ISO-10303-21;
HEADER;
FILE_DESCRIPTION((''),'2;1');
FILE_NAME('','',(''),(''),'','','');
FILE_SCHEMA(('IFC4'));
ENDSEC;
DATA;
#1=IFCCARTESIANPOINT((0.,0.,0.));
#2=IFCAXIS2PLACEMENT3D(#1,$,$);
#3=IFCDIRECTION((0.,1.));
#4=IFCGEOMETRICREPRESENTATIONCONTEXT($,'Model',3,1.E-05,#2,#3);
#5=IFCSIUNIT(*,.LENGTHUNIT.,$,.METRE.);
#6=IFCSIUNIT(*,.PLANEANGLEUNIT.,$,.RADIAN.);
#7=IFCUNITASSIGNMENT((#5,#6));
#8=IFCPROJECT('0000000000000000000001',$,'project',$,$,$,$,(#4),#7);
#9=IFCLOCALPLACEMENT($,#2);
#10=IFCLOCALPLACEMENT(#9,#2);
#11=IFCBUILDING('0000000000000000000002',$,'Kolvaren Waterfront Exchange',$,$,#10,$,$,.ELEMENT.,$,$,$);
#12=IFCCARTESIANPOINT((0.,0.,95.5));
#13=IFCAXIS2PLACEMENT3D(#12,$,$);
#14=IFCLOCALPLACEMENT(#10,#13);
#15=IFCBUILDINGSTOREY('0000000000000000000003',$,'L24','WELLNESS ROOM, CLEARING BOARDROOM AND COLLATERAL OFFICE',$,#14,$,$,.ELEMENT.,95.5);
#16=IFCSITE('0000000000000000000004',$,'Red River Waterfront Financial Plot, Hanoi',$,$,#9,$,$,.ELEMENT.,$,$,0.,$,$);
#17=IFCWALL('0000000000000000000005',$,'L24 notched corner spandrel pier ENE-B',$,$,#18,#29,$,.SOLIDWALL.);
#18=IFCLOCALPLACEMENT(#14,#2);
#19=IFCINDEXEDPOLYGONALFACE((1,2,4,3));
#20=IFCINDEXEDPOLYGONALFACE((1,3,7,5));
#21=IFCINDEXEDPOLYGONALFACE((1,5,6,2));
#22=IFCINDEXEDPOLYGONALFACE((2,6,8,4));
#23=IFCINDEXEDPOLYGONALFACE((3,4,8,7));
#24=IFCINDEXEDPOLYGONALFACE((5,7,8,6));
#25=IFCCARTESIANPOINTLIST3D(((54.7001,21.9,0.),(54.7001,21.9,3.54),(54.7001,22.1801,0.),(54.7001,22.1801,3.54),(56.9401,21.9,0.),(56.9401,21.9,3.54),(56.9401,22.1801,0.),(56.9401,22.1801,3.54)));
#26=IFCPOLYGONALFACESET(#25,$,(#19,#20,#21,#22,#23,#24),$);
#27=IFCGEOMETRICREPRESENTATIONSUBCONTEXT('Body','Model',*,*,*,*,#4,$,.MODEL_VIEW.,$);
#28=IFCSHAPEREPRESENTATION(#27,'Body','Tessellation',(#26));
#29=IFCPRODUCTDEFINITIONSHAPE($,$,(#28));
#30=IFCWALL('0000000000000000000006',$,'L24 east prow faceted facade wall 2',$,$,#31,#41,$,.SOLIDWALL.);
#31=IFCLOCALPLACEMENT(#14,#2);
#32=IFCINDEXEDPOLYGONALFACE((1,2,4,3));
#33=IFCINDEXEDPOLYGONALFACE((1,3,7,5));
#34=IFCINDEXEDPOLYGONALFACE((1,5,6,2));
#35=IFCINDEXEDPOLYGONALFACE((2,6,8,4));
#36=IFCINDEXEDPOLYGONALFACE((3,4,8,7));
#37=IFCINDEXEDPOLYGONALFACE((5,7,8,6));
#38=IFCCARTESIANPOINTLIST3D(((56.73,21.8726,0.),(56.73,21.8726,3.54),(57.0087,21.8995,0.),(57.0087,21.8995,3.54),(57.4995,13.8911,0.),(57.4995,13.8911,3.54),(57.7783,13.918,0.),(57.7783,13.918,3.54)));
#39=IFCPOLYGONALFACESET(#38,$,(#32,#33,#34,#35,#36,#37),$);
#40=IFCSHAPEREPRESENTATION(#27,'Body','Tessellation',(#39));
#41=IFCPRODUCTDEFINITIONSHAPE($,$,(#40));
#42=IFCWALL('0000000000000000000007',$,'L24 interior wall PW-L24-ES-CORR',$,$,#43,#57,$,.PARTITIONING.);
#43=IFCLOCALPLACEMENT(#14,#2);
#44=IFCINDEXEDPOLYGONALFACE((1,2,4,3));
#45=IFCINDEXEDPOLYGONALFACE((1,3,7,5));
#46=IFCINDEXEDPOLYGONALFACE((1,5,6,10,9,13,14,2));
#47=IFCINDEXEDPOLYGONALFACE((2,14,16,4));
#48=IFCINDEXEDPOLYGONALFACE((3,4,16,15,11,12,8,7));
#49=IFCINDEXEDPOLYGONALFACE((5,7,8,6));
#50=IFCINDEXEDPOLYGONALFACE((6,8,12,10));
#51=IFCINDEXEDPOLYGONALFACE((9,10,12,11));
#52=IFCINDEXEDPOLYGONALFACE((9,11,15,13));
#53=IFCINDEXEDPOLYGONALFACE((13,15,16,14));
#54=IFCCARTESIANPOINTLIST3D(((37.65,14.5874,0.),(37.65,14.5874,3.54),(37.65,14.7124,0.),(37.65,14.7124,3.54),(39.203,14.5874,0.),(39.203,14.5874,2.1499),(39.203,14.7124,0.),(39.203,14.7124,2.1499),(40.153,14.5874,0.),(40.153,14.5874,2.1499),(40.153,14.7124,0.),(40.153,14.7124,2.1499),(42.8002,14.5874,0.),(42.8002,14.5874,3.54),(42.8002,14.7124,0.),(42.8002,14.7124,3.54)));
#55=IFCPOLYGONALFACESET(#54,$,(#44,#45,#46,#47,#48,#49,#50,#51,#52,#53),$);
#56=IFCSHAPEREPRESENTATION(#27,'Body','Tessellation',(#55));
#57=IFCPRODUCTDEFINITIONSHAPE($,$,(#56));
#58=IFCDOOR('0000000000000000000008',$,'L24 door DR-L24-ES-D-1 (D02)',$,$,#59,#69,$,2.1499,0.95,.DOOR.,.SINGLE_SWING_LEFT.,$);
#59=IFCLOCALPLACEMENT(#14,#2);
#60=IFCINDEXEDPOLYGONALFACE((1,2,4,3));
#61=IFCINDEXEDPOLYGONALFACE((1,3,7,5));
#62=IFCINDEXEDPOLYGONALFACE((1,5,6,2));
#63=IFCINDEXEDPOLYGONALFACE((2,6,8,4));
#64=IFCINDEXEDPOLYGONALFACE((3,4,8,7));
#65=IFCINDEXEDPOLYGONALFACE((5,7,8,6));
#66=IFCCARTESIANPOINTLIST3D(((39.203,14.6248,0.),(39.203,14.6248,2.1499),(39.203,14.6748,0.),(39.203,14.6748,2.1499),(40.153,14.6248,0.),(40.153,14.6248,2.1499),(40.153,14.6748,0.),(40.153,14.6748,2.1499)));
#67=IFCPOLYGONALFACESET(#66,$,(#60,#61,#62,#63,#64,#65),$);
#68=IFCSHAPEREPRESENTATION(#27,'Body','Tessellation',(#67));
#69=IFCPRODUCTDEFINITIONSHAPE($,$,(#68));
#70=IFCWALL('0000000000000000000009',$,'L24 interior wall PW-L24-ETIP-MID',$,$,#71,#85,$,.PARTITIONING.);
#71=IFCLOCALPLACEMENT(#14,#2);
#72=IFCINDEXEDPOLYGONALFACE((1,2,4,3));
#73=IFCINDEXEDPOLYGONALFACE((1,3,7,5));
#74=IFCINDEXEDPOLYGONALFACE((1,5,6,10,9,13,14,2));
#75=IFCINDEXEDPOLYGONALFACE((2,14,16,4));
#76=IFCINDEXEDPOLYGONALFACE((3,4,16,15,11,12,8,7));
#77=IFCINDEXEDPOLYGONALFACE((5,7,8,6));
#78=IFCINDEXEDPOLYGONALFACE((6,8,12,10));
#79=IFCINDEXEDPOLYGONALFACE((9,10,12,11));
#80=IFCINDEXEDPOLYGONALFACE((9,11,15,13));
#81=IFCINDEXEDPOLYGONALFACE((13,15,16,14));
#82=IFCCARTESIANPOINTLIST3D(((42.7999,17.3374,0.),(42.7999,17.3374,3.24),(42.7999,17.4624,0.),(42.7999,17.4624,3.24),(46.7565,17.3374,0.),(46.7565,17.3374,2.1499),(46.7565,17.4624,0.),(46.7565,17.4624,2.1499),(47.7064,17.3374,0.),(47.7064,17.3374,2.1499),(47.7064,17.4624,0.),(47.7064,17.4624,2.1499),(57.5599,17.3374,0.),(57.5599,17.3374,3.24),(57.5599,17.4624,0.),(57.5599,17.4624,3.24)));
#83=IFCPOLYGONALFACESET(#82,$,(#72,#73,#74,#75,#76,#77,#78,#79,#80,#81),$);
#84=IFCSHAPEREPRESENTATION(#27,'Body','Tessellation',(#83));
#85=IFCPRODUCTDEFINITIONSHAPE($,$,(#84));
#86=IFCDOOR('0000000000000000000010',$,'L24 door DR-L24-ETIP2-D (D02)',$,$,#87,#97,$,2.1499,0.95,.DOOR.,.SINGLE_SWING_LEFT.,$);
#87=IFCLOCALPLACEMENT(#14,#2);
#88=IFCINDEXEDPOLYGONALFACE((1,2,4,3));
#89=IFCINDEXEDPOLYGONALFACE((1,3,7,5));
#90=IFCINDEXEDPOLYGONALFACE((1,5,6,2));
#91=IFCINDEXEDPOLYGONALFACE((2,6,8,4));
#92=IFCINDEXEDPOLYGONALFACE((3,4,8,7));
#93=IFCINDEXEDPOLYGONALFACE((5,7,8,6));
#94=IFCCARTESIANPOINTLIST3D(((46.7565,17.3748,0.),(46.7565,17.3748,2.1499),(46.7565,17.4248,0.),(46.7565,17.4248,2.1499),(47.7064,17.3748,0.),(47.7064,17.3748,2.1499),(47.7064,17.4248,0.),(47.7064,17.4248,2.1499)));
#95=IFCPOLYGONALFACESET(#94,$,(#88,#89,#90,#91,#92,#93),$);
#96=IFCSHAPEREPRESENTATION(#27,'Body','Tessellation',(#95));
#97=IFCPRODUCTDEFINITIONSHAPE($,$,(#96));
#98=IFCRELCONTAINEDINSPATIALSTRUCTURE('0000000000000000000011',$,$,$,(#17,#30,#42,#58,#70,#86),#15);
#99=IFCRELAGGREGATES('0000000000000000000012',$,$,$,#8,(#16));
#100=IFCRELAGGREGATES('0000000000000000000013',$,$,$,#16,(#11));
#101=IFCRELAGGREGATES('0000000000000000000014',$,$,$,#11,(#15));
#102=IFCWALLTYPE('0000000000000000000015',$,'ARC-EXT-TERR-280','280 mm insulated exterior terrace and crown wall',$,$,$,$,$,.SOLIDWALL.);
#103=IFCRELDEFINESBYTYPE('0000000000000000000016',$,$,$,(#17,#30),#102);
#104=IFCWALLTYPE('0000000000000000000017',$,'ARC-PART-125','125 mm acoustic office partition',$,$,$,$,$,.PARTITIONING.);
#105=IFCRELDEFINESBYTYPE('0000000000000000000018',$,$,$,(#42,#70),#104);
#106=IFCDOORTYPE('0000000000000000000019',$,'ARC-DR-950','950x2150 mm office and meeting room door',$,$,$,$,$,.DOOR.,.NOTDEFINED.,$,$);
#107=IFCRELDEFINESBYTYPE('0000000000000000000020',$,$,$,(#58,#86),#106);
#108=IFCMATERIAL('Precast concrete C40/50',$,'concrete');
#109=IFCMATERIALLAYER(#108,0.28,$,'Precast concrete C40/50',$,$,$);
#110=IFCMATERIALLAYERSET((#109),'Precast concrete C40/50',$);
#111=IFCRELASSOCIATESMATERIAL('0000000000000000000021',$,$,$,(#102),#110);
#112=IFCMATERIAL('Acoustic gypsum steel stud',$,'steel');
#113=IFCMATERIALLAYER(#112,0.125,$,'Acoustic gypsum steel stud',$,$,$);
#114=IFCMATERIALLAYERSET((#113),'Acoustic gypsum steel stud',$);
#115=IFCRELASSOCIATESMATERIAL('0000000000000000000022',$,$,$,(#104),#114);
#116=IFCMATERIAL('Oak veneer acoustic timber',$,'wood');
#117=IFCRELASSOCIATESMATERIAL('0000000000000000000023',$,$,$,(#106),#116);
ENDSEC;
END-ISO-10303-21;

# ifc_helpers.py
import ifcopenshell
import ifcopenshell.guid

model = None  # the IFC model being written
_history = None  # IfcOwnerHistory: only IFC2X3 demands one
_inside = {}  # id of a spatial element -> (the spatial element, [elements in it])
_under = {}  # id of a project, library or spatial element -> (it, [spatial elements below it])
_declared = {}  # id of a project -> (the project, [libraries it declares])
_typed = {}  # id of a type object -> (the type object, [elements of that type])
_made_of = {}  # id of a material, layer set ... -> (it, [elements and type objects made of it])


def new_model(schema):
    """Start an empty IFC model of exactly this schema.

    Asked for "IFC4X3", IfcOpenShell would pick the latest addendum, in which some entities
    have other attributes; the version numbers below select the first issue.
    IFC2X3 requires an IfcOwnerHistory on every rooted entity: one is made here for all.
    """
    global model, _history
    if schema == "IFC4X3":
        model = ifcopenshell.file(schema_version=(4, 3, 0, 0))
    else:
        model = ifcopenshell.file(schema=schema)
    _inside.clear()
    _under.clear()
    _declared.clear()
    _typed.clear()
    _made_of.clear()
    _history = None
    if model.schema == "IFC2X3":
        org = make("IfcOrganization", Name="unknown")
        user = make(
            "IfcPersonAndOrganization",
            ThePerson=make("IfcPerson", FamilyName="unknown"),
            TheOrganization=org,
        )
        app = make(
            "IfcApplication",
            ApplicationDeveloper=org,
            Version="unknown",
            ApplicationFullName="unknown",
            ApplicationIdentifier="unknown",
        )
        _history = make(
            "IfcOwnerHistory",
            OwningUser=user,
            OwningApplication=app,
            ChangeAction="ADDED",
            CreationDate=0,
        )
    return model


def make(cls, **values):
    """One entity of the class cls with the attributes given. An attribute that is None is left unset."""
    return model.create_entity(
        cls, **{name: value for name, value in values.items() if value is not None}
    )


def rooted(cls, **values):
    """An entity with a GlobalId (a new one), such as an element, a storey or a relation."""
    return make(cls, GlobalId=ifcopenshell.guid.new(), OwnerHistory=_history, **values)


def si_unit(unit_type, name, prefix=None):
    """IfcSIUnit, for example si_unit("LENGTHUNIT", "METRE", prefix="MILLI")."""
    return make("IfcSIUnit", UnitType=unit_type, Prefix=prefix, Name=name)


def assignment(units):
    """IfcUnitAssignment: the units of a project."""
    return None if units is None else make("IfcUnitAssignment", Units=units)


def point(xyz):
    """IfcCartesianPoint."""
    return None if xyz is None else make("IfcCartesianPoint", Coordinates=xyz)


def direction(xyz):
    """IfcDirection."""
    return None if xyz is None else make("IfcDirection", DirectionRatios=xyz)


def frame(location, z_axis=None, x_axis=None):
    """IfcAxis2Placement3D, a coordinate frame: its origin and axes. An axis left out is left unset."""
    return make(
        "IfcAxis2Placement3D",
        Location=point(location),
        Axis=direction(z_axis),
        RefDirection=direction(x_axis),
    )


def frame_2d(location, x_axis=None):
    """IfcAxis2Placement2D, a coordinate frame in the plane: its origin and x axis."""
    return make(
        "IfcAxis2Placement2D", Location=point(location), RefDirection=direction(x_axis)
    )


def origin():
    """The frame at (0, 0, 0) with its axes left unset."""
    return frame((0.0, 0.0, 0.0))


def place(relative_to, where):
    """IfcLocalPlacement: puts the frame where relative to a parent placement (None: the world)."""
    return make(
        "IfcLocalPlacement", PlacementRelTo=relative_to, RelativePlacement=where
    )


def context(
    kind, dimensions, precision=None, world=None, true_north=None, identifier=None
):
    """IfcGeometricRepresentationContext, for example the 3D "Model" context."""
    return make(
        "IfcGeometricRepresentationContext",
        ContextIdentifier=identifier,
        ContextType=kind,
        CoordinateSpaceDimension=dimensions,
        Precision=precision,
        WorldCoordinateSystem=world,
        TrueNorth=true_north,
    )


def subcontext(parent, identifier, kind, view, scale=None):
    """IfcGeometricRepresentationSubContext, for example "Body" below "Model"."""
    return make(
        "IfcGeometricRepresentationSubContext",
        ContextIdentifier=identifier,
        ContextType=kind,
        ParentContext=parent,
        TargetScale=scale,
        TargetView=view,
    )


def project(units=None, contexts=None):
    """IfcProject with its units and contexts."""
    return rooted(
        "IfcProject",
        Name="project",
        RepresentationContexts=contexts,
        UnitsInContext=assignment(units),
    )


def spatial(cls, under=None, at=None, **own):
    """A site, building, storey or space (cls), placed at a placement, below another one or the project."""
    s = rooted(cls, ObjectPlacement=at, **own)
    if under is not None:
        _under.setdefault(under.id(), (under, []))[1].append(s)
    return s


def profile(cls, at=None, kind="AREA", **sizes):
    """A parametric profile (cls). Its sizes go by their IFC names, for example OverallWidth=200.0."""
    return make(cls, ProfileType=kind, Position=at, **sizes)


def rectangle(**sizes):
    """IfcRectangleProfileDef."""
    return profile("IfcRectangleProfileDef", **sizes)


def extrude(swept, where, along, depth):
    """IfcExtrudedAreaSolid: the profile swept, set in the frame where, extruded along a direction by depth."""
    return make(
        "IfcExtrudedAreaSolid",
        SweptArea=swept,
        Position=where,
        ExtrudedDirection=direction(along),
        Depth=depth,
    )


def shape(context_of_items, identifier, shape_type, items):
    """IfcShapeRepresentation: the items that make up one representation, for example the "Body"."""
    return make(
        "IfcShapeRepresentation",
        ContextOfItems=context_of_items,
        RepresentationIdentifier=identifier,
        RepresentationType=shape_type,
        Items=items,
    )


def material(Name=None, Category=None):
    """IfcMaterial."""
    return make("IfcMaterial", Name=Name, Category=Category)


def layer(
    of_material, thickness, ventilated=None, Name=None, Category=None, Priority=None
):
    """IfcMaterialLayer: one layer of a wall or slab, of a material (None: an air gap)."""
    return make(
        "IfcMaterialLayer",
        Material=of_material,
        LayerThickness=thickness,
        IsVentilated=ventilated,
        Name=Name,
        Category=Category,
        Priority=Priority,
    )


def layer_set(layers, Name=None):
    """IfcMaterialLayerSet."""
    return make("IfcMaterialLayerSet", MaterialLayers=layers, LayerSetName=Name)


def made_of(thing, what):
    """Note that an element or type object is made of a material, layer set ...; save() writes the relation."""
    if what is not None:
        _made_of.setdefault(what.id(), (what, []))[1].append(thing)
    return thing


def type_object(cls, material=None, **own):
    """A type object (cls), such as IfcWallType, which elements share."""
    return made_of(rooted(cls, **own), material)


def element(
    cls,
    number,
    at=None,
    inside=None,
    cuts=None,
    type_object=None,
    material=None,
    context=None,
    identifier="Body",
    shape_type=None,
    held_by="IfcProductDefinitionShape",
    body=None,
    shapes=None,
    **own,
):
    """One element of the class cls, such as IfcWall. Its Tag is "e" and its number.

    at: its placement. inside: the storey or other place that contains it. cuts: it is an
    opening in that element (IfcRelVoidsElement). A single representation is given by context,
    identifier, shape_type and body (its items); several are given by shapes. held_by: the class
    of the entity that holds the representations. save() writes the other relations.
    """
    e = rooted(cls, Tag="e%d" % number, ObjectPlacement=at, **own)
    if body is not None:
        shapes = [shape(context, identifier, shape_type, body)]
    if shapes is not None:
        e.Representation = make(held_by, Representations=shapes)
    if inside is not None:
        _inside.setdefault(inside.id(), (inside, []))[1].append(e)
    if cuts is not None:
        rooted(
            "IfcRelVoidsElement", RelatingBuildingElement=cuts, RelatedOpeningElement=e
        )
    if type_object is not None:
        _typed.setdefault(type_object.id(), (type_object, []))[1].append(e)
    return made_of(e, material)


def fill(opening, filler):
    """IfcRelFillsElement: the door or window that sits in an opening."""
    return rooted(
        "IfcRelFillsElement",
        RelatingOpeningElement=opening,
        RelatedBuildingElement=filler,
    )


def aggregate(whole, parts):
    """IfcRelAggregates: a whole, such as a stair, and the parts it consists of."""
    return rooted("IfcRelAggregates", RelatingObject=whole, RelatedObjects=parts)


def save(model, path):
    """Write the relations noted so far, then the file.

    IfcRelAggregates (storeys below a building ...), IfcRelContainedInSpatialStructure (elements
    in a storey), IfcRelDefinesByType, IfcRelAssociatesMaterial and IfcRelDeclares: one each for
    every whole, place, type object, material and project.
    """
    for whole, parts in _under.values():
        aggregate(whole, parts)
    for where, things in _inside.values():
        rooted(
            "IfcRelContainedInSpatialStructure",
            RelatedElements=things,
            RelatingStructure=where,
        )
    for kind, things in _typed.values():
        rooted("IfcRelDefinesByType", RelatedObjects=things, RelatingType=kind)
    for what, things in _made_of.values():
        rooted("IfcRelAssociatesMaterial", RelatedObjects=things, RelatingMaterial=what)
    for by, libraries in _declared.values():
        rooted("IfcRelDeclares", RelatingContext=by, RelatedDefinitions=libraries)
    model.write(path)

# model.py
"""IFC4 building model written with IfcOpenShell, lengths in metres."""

from ifc_helpers import new_model, si_unit, direction, frame, frame_2d, origin, place, context, subcontext, project, spatial, rectangle, extrude, material, layer, layer_set, type_object, element, fill, save


model = new_model("IFC4")

# Units and contexts
model_context = context("Model", 3, precision=1e-05, world=origin(), true_north=direction((0.0, 1.0)))
body_context = subcontext(model_context, "Body", "Model", "MODEL_VIEW")
ifc_project = project(units=[si_unit("LENGTHUNIT", "METRE"), si_unit("PLANEANGLEUNIT", "RADIAN")], contexts=[model_context])

# Site, building, storey
site_placement = place(None, origin())
site = spatial("IfcSite", under=ifc_project, at=site_placement, Name="Red River Waterfront Financial Plot, Hanoi", CompositionType="ELEMENT", RefElevation=0.0)
building_placement = place(site_placement, origin())
building = spatial("IfcBuilding", under=site, at=building_placement, Name="Kolvaren Waterfront Exchange", CompositionType="ELEMENT")
storey_placement = place(building_placement, frame((0.0, 0.0, 95.5)))
storey = spatial("IfcBuildingStorey", under=building, at=storey_placement, Name="L24", Description="WELLNESS ROOM, CLEARING BOARDROOM AND COLLATERAL OFFICE", CompositionType="ELEMENT", Elevation=95.5)

# Walls
ifc_material_1 = material(Name="Precast concrete C40/50", Category="concrete")
ifc_layer_1 = layer(ifc_material_1, 0.28, Name="Precast concrete C40/50")
ifc_layer_set_1 = layer_set([ifc_layer_1], Name="Precast concrete C40/50")
wall_type_1 = type_object("IfcWallType", Name="ARC-EXT-TERR-280", Description="280 mm insulated exterior terrace and crown wall", PredefinedType="SOLIDWALL", material=ifc_layer_set_1)
wall_1_placement = place(storey_placement, frame((54.7, 22.04, 0.0), z_axis=(0.0, 0.0, 1.0), x_axis=(1.0, 0.0, 0.0)))
element("IfcWall", 1, at=wall_1_placement, inside=storey, type_object=wall_type_1, Name="L24 notched corner spandrel pier ENE-B", PredefinedType="SOLIDWALL", context=body_context, shape_type="SweptSolid", body=[
    extrude(rectangle(XDim=2.24, YDim=0.28, at=frame_2d((1.1201, 0.0))), origin(), (0.0, 0.0, 1.0), 3.54),
])
wall_2_placement = place(storey_placement, frame((57.6389, 13.9045, 0.0), z_axis=(0.0, 0.0, 1.0), x_axis=(-0.09597, 0.995384, 0.0)))
element("IfcWall", 2, at=wall_2_placement, inside=storey, type_object=wall_type_1, Name="L24 east prow faceted facade wall 2", PredefinedType="SOLIDWALL", context=body_context, shape_type="SweptSolid", body=[
    extrude(rectangle(XDim=8.0186, YDim=0.28, at=frame_2d((4.0093, 0.0))), origin(), (0.0, 0.0, 1.0), 3.54),
])

# Walls, openings, doors
ifc_material_2 = material(Name="Acoustic gypsum steel stud", Category="steel")
ifc_layer_2 = layer(ifc_material_2, 0.125, Name="Acoustic gypsum steel stud")
ifc_layer_set_2 = layer_set([ifc_layer_2], Name="Acoustic gypsum steel stud")
wall_type_2 = type_object("IfcWallType", Name="ARC-PART-125", Description="125 mm acoustic office partition", PredefinedType="PARTITIONING", material=ifc_layer_set_2)
wall_3_placement = place(storey_placement, frame((37.6499, 14.6499, 0.0), z_axis=(0.0, 0.0, 1.0), x_axis=(1.0, 0.0, 0.0)))
wall_3 = element("IfcWall", 3, at=wall_3_placement, inside=storey, type_object=wall_type_2, Name="L24 interior wall PW-L24-ES-CORR", PredefinedType="PARTITIONING", context=body_context, shape_type="SweptSolid", body=[
    extrude(rectangle(XDim=5.1501, YDim=0.125, at=frame_2d((2.5752, 0.0))), origin(), (0.0, 0.0, 1.0), 3.54),
])
opening_1_placement = place(wall_3_placement, frame((1.553, 0.0, 0.0)))
opening_1 = element("IfcOpeningElement", 4, at=opening_1_placement, cuts=wall_3, PredefinedType="OPENING", context=body_context, shape_type="SweptSolid", body=[
    extrude(rectangle(XDim=0.95, YDim=2.1499, at=frame_2d((0.4751, 1.075))), frame((0.0, 0.0725, 0.0), z_axis=(0.0, -1.0, 0.0), x_axis=(1.0, 0.0, 0.0)), (0.0, 0.0, 1.0), 0.145),
])
ifc_material_3 = material(Name="Oak veneer acoustic timber", Category="wood")
door_type = type_object("IfcDoorType", Name="ARC-DR-950", Description="950x2150 mm office and meeting room door", OperationType="NOTDEFINED", PredefinedType="DOOR", material=ifc_material_3)
door_1_placement = place(opening_1_placement, origin())
door_1 = element("IfcDoor", 5, at=door_1_placement, inside=storey, type_object=door_type, Name="L24 door DR-L24-ES-D-1 (D02)", OperationType="SINGLE_SWING_LEFT", OverallHeight=2.1499, OverallWidth=0.95, PredefinedType="DOOR", context=body_context, shape_type="SweptSolid", body=[
    extrude(rectangle(XDim=0.95, YDim=2.1499, at=frame_2d((0.4751, 1.075))), frame((0.0, 0.0249, 0.0), z_axis=(0.0, -1.0, 0.0), x_axis=(1.0, 0.0, 0.0)), (0.0, 0.0, 1.0), 0.05),
])
fill(opening_1, door_1)
wall_4_placement = place(storey_placement, frame((42.8, 17.3999, 0.0), z_axis=(0.0, 0.0, 1.0), x_axis=(1.0, 0.0, 0.0)))
wall_4 = element("IfcWall", 6, at=wall_4_placement, inside=storey, type_object=wall_type_2, Name="L24 interior wall PW-L24-ETIP-MID", PredefinedType="PARTITIONING", context=body_context, shape_type="SweptSolid", body=[
    extrude(rectangle(XDim=14.76, YDim=0.125, at=frame_2d((7.3799, 0.0))), origin(), (0.0, 0.0, 1.0), 3.24),
])
opening_2_placement = place(wall_4_placement, frame((3.9563, 0.0, 0.0)))
opening_2 = element("IfcOpeningElement", 7, at=opening_2_placement, cuts=wall_4, PredefinedType="OPENING", context=body_context, shape_type="SweptSolid", body=[
    extrude(rectangle(XDim=0.95, YDim=2.1499, at=frame_2d((0.4751, 1.075))), frame((0.0, 0.0725, 0.0), z_axis=(0.0, -1.0, 0.0), x_axis=(1.0, 0.0, 0.0)), (0.0, 0.0, 1.0), 0.145),
])
door_2_placement = place(opening_2_placement, origin())
door_2 = element("IfcDoor", 8, at=door_2_placement, inside=storey, type_object=door_type, Name="L24 door DR-L24-ETIP2-D (D02)", OperationType="SINGLE_SWING_LEFT", OverallHeight=2.1499, OverallWidth=0.95, PredefinedType="DOOR", context=body_context, shape_type="SweptSolid", body=[
    extrude(rectangle(XDim=0.95, YDim=2.1499, at=frame_2d((0.4751, 1.075))), frame((0.0, 0.0249, 0.0), z_axis=(0.0, -1.0, 0.0), x_axis=(1.0, 0.0, 0.0)), (0.0, 0.0, 1.0), 0.05),
])
fill(opening_2, door_2)

save(model, "model.ifc")
